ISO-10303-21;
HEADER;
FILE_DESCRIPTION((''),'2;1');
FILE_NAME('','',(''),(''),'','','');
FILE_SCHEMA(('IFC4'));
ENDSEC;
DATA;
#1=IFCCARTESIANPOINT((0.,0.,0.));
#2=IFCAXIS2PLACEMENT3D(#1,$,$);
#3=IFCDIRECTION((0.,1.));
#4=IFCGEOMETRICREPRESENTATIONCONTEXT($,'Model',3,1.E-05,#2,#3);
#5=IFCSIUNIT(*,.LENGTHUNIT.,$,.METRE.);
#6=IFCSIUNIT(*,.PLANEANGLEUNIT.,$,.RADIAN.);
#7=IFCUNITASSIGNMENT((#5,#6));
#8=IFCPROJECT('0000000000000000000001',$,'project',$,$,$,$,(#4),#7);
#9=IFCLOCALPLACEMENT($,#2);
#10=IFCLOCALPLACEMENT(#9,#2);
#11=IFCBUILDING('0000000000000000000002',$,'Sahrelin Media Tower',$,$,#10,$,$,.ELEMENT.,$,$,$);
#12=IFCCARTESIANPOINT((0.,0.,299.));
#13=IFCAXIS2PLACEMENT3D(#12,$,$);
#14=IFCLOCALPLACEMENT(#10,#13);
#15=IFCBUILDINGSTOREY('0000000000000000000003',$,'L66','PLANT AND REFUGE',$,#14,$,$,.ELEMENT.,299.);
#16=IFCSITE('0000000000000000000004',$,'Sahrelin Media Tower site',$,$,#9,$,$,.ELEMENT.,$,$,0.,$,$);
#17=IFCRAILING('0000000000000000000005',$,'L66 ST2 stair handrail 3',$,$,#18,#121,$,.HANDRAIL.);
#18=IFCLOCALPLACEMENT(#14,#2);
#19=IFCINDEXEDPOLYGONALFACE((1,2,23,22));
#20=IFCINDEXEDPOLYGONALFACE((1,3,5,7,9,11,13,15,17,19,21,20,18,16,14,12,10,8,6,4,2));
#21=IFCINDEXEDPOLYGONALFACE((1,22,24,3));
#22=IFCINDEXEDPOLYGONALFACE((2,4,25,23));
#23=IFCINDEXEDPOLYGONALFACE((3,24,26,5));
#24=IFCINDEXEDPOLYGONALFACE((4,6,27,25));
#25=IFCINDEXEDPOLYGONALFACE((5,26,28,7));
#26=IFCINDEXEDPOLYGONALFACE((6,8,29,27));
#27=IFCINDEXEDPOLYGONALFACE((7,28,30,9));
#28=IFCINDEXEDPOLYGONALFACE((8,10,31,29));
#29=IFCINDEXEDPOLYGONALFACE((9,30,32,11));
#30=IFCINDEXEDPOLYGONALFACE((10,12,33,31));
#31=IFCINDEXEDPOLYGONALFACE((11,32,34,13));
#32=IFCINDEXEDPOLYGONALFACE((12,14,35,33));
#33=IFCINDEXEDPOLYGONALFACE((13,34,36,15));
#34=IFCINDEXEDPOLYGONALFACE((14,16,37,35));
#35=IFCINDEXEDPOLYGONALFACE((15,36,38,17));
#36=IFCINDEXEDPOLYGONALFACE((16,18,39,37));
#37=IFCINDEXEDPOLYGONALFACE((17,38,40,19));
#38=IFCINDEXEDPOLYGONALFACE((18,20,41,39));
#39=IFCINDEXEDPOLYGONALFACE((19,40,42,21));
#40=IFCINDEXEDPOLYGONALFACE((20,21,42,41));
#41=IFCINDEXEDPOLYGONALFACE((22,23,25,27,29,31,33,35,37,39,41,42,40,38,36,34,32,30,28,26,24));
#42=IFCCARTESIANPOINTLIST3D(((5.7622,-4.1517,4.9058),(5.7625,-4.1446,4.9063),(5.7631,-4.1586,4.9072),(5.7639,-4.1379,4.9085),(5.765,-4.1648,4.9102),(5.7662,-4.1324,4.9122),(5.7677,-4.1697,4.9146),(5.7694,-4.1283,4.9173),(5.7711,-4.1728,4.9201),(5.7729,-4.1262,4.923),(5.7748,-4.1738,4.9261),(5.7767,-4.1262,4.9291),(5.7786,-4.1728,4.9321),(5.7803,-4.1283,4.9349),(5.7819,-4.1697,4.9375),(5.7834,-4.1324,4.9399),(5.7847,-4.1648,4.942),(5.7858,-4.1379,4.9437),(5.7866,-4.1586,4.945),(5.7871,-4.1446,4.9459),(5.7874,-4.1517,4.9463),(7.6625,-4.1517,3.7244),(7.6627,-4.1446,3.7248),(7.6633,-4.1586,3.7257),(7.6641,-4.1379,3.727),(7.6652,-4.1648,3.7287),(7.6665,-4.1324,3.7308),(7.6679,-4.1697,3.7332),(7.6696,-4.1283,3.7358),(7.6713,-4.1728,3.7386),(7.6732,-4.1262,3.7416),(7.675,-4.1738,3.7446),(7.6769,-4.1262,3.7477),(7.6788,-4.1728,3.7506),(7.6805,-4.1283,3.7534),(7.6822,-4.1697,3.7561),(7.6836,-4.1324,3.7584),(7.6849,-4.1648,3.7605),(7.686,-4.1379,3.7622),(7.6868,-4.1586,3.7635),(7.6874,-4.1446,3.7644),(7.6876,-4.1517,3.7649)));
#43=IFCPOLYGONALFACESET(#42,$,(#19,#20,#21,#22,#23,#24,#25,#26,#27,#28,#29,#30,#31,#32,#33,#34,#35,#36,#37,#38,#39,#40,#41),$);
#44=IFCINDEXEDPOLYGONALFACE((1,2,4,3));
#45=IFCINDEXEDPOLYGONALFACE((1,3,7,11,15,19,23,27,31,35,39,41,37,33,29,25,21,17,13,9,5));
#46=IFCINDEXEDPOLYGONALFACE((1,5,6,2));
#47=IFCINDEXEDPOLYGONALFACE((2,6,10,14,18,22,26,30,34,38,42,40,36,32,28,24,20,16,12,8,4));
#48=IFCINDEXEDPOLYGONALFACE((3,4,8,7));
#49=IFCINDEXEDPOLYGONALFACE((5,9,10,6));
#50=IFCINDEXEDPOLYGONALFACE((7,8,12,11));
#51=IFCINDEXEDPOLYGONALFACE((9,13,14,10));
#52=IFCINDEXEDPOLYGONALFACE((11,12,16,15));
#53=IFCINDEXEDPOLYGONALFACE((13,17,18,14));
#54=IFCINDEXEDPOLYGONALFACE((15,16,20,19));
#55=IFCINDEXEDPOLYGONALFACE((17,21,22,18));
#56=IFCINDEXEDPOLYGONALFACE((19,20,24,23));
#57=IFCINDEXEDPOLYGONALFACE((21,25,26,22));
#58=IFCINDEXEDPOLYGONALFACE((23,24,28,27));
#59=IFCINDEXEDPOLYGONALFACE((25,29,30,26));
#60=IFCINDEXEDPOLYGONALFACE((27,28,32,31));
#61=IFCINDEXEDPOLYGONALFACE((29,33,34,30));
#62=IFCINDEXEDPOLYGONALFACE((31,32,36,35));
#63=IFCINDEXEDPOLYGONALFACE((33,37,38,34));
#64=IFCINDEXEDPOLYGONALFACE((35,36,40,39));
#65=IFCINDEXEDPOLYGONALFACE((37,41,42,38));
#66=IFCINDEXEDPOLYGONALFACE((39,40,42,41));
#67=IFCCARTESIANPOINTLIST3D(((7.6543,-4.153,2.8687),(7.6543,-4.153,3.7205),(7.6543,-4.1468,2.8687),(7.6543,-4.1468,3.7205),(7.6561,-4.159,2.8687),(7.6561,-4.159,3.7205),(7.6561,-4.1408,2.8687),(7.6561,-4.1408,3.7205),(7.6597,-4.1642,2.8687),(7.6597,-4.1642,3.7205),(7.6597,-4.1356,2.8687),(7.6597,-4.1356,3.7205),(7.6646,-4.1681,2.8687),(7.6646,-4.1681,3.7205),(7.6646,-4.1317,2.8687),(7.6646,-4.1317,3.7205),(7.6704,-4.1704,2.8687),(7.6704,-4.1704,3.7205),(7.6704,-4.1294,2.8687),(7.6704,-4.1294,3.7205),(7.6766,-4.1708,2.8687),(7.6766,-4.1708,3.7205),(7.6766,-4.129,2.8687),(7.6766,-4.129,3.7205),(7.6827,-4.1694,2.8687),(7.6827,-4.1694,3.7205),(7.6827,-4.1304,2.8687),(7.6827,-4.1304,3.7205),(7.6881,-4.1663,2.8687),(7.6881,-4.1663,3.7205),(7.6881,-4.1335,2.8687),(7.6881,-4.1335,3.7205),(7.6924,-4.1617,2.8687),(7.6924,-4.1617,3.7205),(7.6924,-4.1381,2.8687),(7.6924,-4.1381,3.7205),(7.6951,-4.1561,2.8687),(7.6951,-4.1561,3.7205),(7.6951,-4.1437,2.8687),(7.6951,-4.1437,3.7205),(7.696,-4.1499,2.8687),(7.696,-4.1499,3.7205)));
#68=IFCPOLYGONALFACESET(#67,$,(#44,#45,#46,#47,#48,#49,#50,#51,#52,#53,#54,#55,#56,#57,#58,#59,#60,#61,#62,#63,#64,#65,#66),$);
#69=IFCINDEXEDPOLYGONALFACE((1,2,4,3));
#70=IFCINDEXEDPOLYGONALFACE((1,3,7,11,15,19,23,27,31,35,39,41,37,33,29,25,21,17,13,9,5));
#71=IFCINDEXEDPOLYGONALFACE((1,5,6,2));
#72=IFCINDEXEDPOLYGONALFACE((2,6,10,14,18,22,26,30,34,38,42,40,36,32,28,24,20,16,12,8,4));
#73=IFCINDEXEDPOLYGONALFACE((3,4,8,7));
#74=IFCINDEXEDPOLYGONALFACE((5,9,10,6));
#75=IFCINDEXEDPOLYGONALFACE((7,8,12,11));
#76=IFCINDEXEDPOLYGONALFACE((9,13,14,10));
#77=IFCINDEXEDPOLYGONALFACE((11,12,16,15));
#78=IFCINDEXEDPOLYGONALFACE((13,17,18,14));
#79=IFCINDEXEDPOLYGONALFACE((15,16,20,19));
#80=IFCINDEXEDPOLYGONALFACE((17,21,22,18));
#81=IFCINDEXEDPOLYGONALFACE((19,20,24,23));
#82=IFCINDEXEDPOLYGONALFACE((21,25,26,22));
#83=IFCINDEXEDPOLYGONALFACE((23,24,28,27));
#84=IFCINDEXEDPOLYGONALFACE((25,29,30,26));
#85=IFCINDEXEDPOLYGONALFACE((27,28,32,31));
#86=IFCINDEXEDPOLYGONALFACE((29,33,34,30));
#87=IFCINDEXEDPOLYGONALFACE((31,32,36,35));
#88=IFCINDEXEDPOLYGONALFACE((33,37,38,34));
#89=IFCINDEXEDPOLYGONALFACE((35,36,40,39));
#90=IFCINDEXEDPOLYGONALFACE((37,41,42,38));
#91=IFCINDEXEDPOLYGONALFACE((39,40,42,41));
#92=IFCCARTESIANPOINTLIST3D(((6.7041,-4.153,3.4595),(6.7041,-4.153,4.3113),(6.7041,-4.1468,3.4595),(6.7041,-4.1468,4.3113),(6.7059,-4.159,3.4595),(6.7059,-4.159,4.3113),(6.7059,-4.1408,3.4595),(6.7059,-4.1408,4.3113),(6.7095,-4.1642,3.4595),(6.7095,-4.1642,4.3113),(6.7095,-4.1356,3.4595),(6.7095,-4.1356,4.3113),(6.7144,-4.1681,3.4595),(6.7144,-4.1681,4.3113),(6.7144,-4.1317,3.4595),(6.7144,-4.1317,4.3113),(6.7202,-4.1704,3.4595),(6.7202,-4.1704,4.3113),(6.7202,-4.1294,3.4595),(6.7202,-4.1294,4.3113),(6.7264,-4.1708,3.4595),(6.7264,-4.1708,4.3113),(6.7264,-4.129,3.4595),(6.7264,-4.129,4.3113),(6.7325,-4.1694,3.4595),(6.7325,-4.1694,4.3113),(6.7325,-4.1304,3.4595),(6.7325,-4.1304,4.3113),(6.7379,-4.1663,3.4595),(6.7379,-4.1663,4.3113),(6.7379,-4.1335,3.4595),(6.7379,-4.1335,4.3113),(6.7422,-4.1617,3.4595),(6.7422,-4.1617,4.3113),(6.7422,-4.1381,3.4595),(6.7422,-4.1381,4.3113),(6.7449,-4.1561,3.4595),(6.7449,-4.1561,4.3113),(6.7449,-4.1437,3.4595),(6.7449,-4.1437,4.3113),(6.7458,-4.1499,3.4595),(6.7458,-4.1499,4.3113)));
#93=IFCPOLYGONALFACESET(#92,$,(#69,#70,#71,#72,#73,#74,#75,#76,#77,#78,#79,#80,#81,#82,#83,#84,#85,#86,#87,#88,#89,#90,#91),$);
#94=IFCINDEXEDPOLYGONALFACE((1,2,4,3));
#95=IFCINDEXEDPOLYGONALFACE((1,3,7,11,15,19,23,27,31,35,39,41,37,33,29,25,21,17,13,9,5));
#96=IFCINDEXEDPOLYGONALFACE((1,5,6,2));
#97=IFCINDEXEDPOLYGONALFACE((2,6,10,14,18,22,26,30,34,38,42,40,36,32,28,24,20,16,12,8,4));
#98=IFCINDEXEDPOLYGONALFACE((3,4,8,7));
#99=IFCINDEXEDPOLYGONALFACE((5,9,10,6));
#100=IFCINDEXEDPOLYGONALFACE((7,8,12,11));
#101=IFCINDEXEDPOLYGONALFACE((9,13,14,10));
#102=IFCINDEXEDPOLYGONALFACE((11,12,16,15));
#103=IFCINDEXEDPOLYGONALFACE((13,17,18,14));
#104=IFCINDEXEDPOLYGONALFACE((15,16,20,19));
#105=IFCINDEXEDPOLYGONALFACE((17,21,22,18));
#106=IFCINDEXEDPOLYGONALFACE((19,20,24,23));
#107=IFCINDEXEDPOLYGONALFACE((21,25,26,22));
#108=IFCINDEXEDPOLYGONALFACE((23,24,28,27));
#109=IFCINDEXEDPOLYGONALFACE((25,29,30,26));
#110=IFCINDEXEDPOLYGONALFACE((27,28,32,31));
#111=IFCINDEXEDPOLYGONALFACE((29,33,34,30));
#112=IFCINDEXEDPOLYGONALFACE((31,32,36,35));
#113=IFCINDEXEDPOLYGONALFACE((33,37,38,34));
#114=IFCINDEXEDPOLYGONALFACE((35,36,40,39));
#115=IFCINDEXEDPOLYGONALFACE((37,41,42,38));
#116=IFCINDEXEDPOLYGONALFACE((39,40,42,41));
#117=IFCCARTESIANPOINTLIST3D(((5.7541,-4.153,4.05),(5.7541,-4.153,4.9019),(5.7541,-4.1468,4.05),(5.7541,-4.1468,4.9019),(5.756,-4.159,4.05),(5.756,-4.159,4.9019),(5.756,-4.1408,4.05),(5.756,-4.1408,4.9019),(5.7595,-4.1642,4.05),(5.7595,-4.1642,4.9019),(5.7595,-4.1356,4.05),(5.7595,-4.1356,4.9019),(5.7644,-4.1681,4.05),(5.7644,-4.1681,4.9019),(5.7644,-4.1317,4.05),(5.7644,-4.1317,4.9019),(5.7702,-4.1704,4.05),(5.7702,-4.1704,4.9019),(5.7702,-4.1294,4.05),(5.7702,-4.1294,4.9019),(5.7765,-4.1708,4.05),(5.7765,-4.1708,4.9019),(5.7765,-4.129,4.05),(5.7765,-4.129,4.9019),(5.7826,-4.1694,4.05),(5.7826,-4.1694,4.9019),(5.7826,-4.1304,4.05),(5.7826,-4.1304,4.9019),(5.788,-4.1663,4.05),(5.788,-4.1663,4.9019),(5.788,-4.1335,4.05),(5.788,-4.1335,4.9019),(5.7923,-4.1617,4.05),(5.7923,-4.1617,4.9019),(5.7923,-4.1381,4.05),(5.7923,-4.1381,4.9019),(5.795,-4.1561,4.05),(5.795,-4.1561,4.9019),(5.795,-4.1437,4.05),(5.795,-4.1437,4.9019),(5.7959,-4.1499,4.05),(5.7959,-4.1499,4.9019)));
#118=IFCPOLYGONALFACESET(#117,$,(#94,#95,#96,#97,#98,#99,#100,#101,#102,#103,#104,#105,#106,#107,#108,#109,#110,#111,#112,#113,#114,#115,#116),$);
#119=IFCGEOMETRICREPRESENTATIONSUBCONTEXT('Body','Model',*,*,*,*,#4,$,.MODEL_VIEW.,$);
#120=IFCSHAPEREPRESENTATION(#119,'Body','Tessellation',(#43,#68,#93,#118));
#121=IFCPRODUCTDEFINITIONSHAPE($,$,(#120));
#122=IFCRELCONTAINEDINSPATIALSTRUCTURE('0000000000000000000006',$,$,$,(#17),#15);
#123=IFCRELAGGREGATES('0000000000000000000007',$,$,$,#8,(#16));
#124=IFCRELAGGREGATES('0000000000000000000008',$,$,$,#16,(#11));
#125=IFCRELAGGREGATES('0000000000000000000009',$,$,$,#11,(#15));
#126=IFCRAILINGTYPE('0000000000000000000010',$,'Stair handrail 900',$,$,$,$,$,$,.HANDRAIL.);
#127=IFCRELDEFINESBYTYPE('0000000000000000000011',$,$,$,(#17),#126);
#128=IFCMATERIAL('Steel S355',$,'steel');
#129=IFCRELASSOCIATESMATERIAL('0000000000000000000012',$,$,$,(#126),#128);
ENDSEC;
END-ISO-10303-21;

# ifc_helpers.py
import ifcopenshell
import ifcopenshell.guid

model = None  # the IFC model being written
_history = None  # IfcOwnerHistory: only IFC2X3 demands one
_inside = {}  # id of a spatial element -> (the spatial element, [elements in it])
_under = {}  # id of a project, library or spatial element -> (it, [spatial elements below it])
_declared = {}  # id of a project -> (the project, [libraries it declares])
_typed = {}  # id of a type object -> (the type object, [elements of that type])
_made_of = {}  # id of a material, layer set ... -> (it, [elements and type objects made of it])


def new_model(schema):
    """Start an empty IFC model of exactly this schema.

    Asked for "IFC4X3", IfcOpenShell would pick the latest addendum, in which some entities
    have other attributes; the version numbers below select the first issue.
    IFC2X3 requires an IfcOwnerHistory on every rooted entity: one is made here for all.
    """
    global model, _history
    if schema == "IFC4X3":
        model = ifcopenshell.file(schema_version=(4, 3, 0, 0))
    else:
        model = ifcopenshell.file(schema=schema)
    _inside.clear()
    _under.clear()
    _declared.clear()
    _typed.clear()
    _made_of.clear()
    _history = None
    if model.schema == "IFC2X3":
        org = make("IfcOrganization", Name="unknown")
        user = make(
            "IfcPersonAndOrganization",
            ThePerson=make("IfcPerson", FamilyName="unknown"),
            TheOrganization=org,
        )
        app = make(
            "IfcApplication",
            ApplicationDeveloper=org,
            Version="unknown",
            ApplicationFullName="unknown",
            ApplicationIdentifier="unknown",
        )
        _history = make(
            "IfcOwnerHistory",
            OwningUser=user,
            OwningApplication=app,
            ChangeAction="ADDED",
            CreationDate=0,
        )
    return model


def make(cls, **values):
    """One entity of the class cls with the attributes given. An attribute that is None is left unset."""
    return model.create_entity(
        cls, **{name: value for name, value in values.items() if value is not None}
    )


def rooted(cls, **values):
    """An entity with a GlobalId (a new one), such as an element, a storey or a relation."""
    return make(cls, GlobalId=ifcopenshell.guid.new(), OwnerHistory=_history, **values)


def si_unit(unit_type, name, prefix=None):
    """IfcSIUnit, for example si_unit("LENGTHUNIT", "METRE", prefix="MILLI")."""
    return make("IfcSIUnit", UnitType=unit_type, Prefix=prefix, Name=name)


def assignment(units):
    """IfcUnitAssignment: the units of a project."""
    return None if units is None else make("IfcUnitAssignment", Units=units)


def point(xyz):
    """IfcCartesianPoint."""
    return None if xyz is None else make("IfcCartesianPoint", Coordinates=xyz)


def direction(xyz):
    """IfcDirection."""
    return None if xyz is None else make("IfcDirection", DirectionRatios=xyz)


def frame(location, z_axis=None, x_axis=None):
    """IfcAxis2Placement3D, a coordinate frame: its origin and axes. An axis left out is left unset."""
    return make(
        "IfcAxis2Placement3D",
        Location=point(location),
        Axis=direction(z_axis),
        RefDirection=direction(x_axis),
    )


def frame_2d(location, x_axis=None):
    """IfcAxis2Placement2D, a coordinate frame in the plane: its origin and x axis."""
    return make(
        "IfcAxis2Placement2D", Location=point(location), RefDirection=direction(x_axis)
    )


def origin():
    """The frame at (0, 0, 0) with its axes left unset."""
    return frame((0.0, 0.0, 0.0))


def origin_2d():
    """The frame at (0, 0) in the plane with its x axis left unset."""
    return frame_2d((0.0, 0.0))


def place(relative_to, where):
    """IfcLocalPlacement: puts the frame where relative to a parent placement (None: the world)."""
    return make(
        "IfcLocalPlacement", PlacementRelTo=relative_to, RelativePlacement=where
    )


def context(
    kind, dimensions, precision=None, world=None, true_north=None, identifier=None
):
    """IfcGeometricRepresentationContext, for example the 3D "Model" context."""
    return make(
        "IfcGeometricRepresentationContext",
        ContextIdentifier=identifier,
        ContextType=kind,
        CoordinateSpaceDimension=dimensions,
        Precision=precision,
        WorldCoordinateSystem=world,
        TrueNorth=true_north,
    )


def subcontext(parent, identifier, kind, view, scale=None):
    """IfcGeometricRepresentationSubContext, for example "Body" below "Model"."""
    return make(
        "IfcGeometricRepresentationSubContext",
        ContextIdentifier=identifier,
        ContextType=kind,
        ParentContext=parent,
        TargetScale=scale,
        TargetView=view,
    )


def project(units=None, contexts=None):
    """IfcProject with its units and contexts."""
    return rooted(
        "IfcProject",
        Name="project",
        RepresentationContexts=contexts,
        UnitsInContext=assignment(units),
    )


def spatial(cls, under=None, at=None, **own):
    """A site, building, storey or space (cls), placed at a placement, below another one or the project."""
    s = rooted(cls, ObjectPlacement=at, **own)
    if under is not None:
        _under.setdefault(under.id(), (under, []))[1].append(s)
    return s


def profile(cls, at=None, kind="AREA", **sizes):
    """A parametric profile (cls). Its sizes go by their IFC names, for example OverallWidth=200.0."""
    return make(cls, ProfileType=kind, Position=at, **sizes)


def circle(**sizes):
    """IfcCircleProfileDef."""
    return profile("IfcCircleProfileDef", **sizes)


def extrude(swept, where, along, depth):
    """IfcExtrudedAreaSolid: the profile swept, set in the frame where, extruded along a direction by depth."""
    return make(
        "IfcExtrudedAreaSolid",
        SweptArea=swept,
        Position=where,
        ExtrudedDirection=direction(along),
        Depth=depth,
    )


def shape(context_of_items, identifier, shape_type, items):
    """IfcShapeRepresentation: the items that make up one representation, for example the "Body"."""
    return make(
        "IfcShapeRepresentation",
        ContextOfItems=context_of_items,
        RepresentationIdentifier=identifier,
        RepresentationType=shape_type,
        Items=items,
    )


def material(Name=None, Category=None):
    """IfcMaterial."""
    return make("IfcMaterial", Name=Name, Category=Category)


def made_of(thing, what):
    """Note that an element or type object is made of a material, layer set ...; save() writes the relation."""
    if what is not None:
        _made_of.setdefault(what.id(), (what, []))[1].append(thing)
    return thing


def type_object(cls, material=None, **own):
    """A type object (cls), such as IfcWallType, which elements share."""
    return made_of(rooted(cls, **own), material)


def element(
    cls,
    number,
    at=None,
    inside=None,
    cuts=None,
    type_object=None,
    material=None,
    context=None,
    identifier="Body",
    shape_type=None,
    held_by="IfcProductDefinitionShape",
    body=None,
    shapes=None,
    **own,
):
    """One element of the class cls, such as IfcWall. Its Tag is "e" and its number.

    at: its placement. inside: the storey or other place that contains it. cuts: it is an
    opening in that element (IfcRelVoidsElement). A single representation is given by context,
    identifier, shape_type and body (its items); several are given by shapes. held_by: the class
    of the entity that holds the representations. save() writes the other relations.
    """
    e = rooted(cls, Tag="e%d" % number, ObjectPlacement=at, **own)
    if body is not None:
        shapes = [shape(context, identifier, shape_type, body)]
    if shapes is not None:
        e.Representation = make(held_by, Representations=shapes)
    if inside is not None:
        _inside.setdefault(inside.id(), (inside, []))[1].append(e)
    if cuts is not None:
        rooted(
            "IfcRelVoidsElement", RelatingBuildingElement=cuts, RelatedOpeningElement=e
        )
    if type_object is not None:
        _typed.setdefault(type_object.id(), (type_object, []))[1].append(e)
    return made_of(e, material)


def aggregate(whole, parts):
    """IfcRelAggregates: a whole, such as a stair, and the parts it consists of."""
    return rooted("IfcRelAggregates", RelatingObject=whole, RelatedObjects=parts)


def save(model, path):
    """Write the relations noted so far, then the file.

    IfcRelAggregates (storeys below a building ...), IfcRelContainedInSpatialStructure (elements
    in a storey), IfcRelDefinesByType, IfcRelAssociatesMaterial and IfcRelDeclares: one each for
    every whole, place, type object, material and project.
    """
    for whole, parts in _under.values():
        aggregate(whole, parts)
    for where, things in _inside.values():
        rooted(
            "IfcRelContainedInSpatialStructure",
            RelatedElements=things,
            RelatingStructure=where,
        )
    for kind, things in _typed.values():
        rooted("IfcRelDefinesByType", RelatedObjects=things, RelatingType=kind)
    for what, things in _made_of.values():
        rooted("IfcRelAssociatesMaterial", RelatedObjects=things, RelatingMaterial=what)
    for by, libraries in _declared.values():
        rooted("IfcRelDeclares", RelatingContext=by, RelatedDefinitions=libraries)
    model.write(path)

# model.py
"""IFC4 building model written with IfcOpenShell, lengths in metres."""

from ifc_helpers import new_model, si_unit, direction, frame, origin, origin_2d, place, context, subcontext, project, spatial, circle, extrude, material, type_object, element, save


model = new_model("IFC4")

# Units and contexts
model_context = context("Model", 3, precision=1e-05, world=origin(), true_north=direction((0.0, 1.0)))
body_context = subcontext(model_context, "Body", "Model", "MODEL_VIEW")
ifc_project = project(units=[si_unit("LENGTHUNIT", "METRE"), si_unit("PLANEANGLEUNIT", "RADIAN")], contexts=[model_context])

# Site, building, storey
site_placement = place(None, origin())
site = spatial("IfcSite", under=ifc_project, at=site_placement, Name="Sahrelin Media Tower site", CompositionType="ELEMENT", RefElevation=0.0)
building_placement = place(site_placement, origin())
building = spatial("IfcBuilding", under=site, at=building_placement, Name="Sahrelin Media Tower", CompositionType="ELEMENT")
storey_placement = place(building_placement, frame((0.0, 0.0, 299.0)))
storey = spatial("IfcBuildingStorey", under=building, at=storey_placement, Name="L66", Description="PLANT AND REFUGE", CompositionType="ELEMENT", Elevation=299.0)

# Shared definitions
ifc_material_1 = material(Name="Steel S355", Category="steel")

# Railing
railing_type_1 = type_object("IfcRailingType", Name="Stair handrail 900", PredefinedType="HANDRAIL", material=ifc_material_1)
for number, where, name in (
    (1, (7.675, -4.1499, 2.8687), "L66 ST2 stair handrail 3"),
):
    element("IfcRailing", number, at=place(storey_placement, frame(where)), inside=storey, type_object=railing_type_1, Name=name, PredefinedType="HANDRAIL", context=body_context, shape_type="SweptSolid", body=[
        extrude(circle(Radius=0.0239, at=origin_2d()), frame((0.0, 0.0, 0.876), z_axis=(-0.84924, 0.0, 0.528006), x_axis=(0.0, -1.0, 0.0)), (0.0, 0.0, 1.0), 2.2375),
        extrude(circle(Radius=0.021, at=origin_2d()), origin(), (0.0, 0.0, 1.0), 0.8518),
        extrude(circle(Radius=0.021, at=origin_2d()), frame((-0.9502, 0.0, 0.5908)), (0.0, 0.0, 1.0), 0.8518),
        extrude(circle(Radius=0.021, at=origin_2d()), frame((-1.9001, 0.0, 1.1814)), (0.0, 0.0, 1.0), 0.8518),
    ])

save(model, "model.ifc")
